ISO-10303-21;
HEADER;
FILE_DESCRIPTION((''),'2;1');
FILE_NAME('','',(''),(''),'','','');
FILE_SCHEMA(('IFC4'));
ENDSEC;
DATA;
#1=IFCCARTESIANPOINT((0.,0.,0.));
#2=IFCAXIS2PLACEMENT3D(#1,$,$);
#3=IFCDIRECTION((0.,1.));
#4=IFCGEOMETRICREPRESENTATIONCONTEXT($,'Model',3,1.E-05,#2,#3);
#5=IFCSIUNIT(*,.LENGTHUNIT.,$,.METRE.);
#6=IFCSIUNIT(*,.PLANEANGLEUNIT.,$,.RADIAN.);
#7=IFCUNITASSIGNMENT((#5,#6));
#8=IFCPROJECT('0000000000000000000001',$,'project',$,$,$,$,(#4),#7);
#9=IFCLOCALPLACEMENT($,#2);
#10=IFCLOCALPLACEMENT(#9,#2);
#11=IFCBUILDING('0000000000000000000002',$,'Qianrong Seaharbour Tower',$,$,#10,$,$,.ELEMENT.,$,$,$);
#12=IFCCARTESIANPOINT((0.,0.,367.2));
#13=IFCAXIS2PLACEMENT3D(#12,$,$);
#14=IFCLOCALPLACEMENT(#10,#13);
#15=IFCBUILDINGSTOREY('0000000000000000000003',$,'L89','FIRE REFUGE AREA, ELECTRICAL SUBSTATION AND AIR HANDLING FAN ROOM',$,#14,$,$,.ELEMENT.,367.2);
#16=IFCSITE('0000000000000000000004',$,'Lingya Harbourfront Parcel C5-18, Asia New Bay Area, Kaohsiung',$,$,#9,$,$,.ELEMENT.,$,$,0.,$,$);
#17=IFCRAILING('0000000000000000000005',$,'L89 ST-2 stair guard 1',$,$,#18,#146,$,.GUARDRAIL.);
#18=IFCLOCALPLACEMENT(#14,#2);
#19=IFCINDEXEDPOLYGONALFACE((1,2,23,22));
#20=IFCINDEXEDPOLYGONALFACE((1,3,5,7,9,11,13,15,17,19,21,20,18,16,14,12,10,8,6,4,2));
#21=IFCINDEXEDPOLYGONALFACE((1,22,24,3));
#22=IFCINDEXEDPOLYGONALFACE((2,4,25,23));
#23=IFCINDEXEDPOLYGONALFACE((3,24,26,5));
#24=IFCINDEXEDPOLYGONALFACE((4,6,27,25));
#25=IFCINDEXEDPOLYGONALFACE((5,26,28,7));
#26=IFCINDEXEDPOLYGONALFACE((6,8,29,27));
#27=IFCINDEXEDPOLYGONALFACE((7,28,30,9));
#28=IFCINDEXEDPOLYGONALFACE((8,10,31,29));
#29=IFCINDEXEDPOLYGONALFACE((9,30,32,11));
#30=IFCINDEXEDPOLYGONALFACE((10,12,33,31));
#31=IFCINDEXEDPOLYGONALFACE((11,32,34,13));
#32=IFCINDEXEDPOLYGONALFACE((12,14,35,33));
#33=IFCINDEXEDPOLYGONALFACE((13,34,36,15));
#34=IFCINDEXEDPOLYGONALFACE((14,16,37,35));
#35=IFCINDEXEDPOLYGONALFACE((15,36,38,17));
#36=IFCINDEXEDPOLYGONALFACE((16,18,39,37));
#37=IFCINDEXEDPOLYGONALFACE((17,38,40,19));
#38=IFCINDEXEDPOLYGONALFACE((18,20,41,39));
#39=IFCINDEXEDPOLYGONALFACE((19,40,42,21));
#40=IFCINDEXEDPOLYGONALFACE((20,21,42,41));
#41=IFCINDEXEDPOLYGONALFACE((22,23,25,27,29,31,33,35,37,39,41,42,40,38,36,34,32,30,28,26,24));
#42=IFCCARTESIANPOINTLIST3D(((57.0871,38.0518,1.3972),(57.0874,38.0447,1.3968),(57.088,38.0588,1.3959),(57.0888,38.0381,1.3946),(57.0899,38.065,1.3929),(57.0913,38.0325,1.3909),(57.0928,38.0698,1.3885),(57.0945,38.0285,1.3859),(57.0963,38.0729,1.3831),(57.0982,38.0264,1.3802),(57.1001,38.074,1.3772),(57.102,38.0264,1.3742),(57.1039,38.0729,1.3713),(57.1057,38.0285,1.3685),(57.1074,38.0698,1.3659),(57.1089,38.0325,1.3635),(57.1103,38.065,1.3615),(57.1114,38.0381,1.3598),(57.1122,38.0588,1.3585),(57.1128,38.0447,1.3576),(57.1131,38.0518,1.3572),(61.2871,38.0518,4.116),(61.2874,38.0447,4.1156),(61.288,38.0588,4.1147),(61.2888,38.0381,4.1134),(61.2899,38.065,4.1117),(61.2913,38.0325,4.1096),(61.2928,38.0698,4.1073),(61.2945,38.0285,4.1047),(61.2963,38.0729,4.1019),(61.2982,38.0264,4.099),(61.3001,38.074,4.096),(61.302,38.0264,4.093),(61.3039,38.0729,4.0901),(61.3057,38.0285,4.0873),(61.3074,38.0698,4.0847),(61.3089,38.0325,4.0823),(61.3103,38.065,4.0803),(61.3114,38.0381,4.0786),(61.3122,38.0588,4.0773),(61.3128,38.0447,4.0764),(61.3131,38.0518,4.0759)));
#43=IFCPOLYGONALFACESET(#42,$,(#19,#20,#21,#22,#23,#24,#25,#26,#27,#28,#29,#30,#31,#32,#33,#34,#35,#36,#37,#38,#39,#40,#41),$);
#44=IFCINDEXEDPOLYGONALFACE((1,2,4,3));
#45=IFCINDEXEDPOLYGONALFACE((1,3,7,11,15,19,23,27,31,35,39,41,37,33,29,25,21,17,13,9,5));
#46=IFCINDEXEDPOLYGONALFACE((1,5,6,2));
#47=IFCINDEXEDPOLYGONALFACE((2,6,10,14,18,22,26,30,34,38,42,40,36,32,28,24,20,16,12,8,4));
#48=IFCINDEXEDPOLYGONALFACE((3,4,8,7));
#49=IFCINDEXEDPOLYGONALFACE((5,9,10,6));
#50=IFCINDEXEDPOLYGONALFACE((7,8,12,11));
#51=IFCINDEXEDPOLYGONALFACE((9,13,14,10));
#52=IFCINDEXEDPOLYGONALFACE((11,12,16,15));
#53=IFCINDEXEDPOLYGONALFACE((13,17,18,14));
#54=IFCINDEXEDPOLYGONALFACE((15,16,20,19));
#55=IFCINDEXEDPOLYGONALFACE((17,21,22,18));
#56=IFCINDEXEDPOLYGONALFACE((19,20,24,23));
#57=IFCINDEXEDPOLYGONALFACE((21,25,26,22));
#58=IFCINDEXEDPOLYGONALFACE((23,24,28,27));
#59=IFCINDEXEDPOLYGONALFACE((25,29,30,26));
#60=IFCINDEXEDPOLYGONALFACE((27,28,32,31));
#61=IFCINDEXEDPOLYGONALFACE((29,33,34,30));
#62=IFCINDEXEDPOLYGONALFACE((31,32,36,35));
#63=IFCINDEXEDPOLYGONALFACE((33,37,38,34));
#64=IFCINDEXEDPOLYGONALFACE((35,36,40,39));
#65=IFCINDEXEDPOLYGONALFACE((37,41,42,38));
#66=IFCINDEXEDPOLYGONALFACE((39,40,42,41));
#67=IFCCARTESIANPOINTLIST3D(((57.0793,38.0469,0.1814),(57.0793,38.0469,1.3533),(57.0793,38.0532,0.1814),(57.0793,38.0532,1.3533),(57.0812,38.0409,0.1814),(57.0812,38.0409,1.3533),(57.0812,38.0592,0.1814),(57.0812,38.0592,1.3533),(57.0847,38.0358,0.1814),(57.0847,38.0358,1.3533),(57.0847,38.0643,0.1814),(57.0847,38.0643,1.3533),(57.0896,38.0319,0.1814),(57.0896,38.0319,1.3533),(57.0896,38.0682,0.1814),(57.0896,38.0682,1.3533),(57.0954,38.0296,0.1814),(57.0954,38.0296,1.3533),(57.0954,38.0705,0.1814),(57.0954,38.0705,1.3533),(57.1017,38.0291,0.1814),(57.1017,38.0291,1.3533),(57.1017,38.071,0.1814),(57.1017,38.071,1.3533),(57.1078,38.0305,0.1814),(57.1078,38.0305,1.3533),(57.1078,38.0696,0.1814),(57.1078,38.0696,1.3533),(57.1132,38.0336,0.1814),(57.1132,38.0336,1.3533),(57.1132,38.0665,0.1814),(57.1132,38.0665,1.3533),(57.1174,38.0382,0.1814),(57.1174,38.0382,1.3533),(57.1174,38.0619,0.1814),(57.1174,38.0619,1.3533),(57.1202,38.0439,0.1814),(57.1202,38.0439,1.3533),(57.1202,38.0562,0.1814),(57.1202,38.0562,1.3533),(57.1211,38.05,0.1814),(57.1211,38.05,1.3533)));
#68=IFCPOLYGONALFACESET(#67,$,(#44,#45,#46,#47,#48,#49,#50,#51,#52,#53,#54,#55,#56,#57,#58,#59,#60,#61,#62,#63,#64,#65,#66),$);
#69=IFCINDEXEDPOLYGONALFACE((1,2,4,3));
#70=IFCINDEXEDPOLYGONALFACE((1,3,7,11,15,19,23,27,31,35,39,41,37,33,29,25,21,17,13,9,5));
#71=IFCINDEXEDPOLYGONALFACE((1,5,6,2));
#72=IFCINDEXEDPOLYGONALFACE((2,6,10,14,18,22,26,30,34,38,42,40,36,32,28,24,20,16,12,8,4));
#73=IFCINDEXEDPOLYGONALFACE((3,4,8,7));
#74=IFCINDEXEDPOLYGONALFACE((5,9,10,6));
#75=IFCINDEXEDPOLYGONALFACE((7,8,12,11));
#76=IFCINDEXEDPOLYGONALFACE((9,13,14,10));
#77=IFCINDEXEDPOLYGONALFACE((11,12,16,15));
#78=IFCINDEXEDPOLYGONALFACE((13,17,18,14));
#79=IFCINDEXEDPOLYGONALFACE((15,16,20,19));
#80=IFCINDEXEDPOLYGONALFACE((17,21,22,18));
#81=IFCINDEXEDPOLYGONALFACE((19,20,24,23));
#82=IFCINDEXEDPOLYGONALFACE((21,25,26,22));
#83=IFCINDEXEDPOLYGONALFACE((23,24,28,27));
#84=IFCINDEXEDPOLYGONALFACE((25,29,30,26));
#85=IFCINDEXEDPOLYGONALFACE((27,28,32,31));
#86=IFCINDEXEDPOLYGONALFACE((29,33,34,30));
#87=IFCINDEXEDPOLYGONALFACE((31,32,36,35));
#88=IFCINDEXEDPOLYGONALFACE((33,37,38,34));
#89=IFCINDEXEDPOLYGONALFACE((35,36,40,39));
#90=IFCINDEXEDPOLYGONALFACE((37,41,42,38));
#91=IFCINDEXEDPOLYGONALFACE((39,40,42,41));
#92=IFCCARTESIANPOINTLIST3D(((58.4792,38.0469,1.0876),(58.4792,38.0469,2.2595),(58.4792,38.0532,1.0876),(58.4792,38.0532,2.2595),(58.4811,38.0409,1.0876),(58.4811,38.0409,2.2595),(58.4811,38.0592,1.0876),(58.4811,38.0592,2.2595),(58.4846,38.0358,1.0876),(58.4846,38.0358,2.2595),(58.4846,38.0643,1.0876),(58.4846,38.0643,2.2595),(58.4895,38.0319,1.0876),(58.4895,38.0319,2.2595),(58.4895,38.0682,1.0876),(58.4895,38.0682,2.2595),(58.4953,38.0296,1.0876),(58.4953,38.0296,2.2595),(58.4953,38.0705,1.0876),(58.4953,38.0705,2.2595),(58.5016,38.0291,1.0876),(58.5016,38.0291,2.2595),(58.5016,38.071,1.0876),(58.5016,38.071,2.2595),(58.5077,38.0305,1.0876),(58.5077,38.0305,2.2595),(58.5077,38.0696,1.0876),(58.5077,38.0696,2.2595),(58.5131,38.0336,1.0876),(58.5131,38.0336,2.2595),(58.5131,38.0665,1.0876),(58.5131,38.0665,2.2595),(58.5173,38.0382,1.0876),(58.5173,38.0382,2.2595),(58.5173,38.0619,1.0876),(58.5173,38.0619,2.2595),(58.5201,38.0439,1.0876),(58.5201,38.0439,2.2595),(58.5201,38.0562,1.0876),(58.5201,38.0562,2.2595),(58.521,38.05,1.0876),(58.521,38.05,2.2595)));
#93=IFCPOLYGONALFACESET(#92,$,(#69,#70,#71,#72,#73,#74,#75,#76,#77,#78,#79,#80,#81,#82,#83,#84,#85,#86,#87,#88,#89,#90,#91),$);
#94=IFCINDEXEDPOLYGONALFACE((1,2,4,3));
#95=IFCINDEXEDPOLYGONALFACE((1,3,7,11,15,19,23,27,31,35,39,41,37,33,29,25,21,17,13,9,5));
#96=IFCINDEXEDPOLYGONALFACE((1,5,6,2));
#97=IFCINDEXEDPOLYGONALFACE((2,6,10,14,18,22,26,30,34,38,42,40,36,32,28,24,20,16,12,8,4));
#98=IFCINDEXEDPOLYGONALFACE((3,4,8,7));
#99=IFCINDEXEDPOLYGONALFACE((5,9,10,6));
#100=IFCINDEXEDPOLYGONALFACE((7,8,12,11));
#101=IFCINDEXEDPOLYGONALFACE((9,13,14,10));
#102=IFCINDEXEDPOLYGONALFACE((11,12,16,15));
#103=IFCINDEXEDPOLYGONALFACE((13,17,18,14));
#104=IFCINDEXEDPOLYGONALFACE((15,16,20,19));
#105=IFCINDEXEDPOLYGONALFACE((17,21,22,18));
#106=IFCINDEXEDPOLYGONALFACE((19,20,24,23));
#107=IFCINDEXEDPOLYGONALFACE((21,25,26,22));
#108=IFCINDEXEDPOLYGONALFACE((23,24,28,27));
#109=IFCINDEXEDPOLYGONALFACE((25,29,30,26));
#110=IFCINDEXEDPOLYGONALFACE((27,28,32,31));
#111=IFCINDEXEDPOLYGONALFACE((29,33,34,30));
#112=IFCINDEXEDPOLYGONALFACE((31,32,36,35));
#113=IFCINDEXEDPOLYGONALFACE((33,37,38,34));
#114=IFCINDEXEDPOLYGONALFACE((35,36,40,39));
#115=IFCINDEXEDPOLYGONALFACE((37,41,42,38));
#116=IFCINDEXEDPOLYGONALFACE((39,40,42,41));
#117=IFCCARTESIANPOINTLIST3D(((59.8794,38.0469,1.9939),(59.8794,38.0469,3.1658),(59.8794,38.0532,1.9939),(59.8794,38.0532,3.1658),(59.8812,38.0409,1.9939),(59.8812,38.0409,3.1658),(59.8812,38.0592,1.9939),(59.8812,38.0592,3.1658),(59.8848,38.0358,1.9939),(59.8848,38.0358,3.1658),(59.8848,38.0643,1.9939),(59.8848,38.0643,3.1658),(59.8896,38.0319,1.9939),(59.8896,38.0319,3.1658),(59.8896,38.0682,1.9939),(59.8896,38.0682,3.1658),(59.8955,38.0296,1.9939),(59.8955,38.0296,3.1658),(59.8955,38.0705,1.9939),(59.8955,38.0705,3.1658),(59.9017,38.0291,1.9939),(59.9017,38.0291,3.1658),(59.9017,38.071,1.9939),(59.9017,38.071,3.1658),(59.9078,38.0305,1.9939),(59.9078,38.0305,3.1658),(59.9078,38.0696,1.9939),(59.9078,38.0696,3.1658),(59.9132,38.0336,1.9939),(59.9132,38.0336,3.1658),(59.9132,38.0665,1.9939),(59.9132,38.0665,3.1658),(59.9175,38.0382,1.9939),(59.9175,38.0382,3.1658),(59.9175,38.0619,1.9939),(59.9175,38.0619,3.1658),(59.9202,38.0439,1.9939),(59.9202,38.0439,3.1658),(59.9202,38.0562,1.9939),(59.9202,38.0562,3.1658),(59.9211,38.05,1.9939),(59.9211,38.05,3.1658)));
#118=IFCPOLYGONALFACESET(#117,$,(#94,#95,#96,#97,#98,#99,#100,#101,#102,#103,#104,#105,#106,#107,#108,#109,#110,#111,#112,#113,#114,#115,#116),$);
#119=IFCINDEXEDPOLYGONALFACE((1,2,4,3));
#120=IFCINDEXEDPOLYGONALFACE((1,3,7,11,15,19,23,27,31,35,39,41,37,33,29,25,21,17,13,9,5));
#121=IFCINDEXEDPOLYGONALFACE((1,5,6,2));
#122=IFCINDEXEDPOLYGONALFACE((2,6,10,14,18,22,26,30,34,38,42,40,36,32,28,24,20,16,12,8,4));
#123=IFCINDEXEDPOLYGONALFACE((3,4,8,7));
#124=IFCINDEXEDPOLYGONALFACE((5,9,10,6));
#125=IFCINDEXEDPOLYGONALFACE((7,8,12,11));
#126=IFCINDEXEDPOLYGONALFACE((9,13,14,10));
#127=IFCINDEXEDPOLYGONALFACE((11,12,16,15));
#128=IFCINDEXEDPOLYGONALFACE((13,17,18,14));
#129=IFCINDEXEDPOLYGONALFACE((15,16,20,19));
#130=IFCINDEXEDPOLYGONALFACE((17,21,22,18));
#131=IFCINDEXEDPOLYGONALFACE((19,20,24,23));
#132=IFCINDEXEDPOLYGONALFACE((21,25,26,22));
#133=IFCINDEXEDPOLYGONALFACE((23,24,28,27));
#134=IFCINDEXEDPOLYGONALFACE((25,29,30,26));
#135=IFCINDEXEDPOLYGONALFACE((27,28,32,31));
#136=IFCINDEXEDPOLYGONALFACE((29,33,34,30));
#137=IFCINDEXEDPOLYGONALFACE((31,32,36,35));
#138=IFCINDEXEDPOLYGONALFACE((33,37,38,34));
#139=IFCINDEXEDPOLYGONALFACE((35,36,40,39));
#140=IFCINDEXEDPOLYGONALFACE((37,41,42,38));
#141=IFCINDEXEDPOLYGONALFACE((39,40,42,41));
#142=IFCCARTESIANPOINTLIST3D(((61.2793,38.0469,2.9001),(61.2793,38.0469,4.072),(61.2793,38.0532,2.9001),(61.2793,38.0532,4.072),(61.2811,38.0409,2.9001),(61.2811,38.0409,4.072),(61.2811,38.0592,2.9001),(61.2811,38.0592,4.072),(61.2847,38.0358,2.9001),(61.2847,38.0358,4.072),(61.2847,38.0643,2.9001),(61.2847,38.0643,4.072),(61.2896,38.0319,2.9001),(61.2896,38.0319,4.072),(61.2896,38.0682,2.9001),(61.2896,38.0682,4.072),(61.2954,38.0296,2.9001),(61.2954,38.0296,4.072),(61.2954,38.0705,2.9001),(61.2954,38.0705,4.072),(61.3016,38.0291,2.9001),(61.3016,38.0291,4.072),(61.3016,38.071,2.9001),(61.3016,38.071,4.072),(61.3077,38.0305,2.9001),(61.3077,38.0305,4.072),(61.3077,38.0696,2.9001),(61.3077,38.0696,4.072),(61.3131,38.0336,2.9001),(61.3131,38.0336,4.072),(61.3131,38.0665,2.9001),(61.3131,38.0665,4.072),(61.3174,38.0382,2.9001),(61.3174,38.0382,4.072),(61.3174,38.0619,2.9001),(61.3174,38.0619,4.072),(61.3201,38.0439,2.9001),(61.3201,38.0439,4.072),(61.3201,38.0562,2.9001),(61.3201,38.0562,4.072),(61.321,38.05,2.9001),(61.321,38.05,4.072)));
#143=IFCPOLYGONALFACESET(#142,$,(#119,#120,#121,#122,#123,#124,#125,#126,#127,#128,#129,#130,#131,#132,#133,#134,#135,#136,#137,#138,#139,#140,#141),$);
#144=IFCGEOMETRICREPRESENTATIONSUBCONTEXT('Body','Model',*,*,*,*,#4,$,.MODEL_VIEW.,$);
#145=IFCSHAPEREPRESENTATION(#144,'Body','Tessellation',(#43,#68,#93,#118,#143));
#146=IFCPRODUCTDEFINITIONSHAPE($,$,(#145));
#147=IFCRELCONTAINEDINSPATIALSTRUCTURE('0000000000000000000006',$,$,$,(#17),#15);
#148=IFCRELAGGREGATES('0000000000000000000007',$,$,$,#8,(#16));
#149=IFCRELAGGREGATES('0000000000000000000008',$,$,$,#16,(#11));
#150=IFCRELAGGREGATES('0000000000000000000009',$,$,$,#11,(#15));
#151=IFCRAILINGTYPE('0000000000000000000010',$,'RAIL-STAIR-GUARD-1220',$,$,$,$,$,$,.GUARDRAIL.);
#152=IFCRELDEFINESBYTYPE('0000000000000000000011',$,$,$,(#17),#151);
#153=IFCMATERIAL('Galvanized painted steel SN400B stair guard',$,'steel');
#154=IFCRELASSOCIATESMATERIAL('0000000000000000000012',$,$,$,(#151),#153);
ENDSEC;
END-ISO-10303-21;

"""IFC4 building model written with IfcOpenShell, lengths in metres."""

from ifc_helpers import new_model, si_unit, direction, frame, origin, origin_2d, place, context, subcontext, project, spatial, circle, extrude, material, type_object, element, save


model = new_model("IFC4")

# Units and contexts
model_context = context("Model", 3, precision=1e-05, world=origin(), true_north=direction((0.0, 1.0)))
body_context = subcontext(model_context, "Body", "Model", "MODEL_VIEW")
ifc_project = project(units=[si_unit("LENGTHUNIT", "METRE"), si_unit("PLANEANGLEUNIT", "RADIAN")], contexts=[model_context])

# Site, building, storey
site_placement = place(None, origin())
site = spatial("IfcSite", under=ifc_project, at=site_placement, Name="Lingya Harbourfront Parcel C5-18, Asia New Bay Area, Kaohsiung", CompositionType="ELEMENT", RefElevation=0.0)
building_placement = place(site_placement, origin())
building = spatial("IfcBuilding", under=site, at=building_placement, Name="Qianrong Seaharbour Tower", CompositionType="ELEMENT")
storey_placement = place(building_placement, frame((0.0, 0.0, 367.2)))
storey = spatial("IfcBuildingStorey", under=building, at=storey_placement, Name="L89", Description="FIRE REFUGE AREA, ELECTRICAL SUBSTATION AND AIR HANDLING FAN ROOM", CompositionType="ELEMENT", Elevation=367.2)

# Railing
ifc_material_1 = material(Name="Galvanized painted steel SN400B stair guard", Category="steel")
railing_type_1 = type_object("IfcRailingType", Name="RAIL-STAIR-GUARD-1220", PredefinedType="GUARDRAIL", material=ifc_material_1)
railing_1_placement = place(storey_placement, frame((57.1001, 38.05, 0.1814)))
element("IfcRailing", 1, at=railing_1_placement, inside=storey, type_object=railing_type_1, Name="L89 ST-2 stair guard 1", PredefinedType="GUARDRAIL", context=body_context, shape_type="SweptSolid", body=[
    extrude(circle(Radius=0.0239, at=origin_2d()), frame((0.0, 0.0, 1.1958), z_axis=(0.839467, 0.0, 0.543411), x_axis=(0.0, 1.0, 0.0)), (0.0, 0.0, 1.0), 5.0032),
    extrude(circle(Radius=0.021, at=origin_2d()), origin(), (0.0, 0.0, 1.0), 1.1719),
    extrude(circle(Radius=0.021, at=origin_2d()), frame((1.3999, 0.0, 0.9062)), (0.0, 0.0, 1.0), 1.1719),
    extrude(circle(Radius=0.021, at=origin_2d()), frame((2.8, 0.0, 1.8125)), (0.0, 0.0, 1.0), 1.1719),
    extrude(circle(Radius=0.021, at=origin_2d()), frame((4.2, 0.0, 2.7188)), (0.0, 0.0, 1.0), 1.1719),
])

save(model, "model.ifc")
